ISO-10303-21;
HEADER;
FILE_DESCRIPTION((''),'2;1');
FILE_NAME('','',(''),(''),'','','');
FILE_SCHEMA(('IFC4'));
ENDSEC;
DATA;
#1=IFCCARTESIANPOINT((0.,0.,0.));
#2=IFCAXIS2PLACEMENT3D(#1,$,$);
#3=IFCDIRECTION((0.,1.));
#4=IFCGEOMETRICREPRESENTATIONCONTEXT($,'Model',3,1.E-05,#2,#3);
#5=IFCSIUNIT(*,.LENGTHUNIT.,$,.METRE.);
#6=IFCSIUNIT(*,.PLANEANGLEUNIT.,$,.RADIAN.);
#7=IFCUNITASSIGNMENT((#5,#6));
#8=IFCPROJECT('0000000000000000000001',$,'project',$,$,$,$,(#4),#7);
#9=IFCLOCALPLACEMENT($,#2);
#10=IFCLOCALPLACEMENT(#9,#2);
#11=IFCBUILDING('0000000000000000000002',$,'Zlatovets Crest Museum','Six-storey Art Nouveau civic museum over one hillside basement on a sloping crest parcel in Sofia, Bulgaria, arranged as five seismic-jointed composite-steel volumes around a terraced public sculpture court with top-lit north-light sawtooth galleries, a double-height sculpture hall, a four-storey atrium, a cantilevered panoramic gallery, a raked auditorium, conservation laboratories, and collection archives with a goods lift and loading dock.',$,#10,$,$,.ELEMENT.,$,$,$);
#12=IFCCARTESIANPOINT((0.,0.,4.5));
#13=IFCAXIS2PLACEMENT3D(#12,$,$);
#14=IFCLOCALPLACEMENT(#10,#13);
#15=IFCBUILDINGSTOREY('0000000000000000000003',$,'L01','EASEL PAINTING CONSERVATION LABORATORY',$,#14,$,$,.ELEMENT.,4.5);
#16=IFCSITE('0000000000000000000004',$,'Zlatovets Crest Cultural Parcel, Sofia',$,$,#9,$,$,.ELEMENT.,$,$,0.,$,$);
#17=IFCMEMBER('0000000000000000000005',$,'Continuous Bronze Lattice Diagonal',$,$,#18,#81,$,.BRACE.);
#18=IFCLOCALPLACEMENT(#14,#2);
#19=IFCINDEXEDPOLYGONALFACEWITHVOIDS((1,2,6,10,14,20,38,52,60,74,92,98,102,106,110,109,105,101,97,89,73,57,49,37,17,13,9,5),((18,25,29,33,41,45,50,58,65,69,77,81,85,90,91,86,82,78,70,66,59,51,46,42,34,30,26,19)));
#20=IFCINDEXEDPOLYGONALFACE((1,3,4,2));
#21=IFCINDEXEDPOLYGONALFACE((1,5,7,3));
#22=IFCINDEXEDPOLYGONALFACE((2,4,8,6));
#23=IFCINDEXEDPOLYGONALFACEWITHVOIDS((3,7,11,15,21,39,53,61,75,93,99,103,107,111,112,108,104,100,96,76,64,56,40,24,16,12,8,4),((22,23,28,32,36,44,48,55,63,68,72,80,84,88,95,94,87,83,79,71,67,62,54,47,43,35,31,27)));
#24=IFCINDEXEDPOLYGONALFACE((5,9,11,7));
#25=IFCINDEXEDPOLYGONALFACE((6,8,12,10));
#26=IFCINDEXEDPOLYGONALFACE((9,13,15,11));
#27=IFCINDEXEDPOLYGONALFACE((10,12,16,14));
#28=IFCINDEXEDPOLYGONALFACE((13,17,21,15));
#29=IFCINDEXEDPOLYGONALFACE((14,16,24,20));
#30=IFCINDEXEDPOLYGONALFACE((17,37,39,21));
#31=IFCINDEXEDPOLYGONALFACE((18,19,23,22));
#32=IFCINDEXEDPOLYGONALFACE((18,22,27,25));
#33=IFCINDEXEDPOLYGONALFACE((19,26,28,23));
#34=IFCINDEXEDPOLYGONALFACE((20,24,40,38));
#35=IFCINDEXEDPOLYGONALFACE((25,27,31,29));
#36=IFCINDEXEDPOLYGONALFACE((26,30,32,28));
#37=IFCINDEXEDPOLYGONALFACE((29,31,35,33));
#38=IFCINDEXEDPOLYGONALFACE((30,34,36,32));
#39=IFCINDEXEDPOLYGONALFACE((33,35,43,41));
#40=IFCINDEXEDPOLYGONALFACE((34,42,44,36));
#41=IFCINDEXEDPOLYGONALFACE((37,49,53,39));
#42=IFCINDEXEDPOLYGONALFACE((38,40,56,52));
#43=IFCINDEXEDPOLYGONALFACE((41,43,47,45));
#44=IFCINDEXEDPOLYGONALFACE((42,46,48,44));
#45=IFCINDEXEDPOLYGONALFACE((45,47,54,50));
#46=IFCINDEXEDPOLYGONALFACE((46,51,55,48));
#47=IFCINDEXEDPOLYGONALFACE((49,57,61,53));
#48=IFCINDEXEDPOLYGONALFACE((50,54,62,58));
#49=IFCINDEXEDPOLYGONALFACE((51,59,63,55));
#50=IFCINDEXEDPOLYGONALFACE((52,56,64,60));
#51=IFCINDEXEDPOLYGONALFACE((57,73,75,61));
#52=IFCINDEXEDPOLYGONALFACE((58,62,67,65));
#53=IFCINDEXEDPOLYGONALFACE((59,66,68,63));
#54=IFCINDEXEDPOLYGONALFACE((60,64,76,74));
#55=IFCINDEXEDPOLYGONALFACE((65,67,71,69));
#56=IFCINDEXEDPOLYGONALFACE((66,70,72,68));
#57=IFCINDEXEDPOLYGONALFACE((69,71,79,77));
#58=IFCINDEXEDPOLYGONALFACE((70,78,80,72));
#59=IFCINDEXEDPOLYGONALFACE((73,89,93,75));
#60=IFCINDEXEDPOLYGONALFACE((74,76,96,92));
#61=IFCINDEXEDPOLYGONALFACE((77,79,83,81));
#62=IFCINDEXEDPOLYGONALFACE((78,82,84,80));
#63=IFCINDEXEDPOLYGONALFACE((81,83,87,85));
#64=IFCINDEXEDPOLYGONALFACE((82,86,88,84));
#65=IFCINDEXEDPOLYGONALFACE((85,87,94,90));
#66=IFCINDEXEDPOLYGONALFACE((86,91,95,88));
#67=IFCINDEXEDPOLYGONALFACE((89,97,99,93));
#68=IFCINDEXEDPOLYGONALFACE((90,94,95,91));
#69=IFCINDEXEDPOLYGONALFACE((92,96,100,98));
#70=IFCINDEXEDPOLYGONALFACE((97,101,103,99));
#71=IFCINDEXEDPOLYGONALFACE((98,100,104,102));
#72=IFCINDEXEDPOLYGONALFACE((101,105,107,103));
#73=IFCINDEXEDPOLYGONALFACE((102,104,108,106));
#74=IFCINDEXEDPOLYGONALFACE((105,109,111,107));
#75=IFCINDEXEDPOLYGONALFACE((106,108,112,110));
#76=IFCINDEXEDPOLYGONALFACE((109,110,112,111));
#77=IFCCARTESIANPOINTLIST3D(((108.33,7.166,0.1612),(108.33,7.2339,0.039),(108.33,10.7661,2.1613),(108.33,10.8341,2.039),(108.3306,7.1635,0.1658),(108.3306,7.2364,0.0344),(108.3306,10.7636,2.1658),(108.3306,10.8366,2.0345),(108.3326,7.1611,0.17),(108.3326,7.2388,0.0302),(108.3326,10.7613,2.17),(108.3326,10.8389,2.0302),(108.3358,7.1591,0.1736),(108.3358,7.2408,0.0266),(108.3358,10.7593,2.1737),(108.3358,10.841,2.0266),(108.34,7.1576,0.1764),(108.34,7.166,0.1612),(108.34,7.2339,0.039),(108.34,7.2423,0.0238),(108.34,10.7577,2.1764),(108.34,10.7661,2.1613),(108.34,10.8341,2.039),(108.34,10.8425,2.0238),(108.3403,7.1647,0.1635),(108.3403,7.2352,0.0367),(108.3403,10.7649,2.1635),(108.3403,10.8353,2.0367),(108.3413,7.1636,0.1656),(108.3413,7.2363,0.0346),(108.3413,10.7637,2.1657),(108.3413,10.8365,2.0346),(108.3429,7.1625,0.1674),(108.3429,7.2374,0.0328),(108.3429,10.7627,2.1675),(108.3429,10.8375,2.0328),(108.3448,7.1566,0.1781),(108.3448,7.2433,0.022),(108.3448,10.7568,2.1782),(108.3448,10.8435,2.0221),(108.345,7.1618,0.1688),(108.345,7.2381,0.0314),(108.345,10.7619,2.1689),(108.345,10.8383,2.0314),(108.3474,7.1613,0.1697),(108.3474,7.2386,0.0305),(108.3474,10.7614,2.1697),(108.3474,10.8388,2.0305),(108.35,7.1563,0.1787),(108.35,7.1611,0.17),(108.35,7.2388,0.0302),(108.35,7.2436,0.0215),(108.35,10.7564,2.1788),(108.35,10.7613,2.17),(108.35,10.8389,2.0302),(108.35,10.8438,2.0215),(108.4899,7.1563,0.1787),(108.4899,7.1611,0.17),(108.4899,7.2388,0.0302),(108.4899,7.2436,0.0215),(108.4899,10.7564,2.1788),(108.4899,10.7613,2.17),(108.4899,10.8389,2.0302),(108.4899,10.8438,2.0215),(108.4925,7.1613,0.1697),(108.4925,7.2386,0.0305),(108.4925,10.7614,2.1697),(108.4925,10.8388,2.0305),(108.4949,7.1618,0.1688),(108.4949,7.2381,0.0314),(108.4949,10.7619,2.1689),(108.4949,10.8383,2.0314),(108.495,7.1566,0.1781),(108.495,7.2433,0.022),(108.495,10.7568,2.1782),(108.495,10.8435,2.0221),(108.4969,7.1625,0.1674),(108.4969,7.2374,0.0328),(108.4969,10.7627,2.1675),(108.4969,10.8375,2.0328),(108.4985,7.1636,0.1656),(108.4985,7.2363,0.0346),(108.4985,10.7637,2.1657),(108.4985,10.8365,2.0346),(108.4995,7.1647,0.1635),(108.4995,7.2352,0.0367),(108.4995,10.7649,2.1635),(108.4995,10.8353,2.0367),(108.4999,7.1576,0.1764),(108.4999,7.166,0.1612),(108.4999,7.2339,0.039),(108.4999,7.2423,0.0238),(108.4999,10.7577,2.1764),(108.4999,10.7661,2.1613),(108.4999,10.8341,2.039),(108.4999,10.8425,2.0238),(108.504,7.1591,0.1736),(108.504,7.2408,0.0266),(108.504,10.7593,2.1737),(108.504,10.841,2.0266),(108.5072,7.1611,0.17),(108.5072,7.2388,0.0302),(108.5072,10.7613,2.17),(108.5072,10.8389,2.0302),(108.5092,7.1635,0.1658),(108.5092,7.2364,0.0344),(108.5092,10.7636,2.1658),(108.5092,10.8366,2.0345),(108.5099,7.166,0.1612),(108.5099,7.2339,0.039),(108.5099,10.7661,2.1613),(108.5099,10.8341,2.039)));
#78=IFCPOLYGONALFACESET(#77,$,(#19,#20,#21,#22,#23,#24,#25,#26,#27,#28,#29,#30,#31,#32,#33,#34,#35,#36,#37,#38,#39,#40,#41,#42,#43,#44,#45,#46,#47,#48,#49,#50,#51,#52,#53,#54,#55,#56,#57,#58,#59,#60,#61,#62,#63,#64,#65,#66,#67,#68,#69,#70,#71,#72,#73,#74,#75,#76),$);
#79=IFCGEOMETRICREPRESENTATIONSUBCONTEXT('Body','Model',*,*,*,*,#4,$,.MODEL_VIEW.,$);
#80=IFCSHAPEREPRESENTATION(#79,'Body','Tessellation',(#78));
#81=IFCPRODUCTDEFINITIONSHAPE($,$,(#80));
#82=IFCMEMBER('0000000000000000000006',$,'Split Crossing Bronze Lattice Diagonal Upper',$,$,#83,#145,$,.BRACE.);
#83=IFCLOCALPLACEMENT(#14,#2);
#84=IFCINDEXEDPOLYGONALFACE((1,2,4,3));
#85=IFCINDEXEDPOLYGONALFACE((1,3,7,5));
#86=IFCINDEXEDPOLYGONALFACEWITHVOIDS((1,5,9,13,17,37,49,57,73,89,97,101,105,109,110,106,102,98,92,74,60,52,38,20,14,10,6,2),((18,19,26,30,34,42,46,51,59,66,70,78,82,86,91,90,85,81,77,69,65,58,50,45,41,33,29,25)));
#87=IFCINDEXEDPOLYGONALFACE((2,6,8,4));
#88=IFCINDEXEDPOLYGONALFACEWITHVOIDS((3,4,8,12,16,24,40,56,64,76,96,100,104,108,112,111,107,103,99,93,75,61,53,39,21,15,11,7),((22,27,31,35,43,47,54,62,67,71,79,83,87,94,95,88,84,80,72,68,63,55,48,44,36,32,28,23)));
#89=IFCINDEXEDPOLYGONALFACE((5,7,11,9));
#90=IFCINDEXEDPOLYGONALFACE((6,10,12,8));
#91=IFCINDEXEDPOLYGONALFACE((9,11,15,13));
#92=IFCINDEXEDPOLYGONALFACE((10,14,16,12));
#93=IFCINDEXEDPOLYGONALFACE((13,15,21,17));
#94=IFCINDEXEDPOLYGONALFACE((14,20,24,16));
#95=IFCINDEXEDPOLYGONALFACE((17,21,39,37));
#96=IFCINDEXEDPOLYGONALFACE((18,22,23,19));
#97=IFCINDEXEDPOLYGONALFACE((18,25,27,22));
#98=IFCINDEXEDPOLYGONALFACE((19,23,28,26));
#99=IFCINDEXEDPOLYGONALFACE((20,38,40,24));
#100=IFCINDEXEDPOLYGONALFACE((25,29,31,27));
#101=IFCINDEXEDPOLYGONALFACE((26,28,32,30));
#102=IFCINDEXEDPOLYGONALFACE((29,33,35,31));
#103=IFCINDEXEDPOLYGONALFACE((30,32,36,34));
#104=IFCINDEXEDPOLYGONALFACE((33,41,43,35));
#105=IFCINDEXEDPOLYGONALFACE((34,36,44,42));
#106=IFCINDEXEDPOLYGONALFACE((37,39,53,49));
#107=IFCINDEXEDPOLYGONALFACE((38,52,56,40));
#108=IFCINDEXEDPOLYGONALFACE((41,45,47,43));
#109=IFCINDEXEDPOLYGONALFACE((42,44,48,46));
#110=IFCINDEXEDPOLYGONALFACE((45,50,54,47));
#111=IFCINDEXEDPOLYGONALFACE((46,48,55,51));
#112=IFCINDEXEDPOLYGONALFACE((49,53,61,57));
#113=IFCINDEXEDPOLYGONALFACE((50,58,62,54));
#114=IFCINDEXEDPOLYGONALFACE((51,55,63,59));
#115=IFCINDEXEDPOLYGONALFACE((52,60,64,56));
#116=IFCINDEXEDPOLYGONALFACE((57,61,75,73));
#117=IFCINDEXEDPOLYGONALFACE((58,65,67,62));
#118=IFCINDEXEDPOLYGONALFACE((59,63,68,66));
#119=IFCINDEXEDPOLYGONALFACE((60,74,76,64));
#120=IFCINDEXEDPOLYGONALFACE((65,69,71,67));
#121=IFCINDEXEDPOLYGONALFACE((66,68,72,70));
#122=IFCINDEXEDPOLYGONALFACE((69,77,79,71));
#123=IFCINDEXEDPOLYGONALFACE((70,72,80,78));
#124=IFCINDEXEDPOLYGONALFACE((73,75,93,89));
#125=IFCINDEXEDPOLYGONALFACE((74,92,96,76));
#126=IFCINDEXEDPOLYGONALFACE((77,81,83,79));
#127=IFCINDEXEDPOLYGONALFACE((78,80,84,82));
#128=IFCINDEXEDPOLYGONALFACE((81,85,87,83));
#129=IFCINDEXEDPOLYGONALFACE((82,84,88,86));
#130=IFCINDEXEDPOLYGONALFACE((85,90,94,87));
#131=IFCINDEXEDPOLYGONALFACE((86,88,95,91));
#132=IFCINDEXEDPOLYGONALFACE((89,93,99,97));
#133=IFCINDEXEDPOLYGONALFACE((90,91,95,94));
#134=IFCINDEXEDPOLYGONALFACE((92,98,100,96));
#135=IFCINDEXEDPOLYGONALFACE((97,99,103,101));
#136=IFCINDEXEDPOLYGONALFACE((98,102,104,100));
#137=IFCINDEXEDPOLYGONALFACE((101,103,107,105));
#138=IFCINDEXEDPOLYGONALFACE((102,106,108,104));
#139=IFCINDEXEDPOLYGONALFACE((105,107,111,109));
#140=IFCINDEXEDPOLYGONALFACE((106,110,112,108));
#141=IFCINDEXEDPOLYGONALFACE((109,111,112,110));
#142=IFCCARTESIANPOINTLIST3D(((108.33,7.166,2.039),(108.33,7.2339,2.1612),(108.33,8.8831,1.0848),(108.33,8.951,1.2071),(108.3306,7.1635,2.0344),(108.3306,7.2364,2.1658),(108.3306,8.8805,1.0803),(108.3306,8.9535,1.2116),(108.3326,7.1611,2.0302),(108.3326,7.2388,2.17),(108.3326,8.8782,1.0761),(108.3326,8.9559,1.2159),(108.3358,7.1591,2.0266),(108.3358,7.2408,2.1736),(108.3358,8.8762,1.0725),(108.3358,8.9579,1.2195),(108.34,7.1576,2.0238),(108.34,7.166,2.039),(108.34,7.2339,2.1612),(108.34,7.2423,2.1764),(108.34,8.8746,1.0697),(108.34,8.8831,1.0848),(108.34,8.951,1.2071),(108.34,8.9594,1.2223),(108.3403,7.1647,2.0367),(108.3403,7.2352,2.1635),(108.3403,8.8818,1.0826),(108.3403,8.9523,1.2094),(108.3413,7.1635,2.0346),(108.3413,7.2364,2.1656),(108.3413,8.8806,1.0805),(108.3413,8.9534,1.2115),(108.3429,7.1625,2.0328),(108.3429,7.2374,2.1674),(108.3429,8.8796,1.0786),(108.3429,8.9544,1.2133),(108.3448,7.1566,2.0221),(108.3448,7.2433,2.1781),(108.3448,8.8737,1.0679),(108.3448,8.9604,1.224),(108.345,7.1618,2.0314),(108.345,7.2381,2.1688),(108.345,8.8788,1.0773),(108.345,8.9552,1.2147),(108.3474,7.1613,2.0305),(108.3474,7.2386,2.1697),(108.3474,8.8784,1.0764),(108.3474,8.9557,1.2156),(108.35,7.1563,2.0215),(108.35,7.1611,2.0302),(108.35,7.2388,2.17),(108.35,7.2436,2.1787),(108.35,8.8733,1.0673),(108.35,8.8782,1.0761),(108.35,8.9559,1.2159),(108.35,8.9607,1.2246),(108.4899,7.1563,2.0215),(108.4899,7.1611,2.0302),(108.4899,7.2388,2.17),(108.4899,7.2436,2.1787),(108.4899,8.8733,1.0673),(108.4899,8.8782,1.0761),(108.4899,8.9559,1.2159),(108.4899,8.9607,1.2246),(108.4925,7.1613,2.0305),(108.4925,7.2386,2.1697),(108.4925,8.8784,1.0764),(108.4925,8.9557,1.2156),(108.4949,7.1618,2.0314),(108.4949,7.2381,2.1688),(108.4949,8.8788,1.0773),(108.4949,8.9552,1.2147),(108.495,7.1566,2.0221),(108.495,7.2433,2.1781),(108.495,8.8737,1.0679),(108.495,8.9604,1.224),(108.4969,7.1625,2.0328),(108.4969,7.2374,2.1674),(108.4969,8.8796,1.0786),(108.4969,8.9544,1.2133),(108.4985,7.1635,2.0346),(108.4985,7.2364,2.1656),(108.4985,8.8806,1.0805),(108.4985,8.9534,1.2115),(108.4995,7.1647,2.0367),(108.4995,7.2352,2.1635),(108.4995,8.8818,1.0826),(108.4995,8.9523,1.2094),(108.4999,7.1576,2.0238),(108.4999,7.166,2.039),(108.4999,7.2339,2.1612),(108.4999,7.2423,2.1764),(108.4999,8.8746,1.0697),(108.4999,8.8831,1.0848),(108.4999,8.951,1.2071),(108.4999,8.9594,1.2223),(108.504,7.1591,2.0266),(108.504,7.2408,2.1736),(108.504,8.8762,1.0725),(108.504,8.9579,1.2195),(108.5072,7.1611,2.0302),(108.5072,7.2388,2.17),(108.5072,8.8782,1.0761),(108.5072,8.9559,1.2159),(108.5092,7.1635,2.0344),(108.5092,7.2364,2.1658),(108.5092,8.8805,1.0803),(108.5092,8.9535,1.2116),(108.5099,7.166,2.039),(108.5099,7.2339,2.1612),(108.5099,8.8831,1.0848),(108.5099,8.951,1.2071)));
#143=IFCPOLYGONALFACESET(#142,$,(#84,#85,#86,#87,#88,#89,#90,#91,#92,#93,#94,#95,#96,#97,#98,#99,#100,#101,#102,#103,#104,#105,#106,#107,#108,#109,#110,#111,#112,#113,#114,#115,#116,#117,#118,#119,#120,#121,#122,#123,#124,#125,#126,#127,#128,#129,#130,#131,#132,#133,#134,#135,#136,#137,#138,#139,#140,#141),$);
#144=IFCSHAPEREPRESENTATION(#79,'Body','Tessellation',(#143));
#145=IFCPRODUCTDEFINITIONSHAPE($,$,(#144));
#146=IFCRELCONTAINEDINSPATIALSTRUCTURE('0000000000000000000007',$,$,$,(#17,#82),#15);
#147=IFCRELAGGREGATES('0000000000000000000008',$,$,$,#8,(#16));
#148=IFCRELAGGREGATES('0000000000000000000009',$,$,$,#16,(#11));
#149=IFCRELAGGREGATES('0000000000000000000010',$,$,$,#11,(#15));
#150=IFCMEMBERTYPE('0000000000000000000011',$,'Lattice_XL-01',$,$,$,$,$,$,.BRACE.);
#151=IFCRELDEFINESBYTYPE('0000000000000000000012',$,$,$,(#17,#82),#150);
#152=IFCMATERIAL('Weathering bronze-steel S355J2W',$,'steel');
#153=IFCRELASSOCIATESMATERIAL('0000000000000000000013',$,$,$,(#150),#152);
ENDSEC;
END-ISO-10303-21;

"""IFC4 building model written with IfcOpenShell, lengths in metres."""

from ifc_helpers import new_model, si_unit, direction, frame, origin, origin_2d, place, context, subcontext, project, spatial, hollow_rectangle, extrude, material, material_profile, profile_set, type_object, element, save


model = new_model("IFC4")

# Units and contexts
model_context = context("Model", 3, precision=1e-05, world=origin(), true_north=direction((0.0, 1.0)))
body_context = subcontext(model_context, "Body", "Model", "MODEL_VIEW")
ifc_project = project(units=[si_unit("LENGTHUNIT", "METRE"), si_unit("PLANEANGLEUNIT", "RADIAN")], contexts=[model_context])

# Site, building, storey
site_placement = place(None, origin())
site = spatial("IfcSite", under=ifc_project, at=site_placement, Name="Zlatovets Crest Cultural Parcel, Sofia", CompositionType="ELEMENT", RefElevation=0.0)
building_placement = place(site_placement, origin())
building = spatial("IfcBuilding", under=site, at=building_placement, Name="Zlatovets Crest Museum", Description="Six-storey Art Nouveau civic museum over one hillside basement on a sloping crest parcel in Sofia, Bulgaria, arranged as five seismic-jointed composite-steel volumes around a terraced public sculpture court with top-lit north-light sawtooth galleries, a double-height sculpture hall, a four-storey atrium, a cantilevered panoramic gallery, a raked auditorium, conservation laboratories, and collection archives with a goods lift and loading dock.", CompositionType="ELEMENT")
storey_placement = place(building_placement, frame((0.0, 0.0, 4.5)))
storey = spatial("IfcBuildingStorey", under=building, at=storey_placement, Name="L01", Description="EASEL PAINTING CONSERVATION LABORATORY", CompositionType="ELEMENT", Elevation=4.5)

# Members
ifc_material_1 = material(Name="Weathering bronze-steel S355J2W", Category="steel")
ifc_material_profile_1 = material_profile(ifc_material_1, hollow_rectangle(XDim=0.1799, YDim=0.1799, WallThickness=0.01, InnerFilletRadius=0.01, OuterFilletRadius=0.02, at=origin_2d()), Name="SHS 180x180x10.0")
ifc_profile_set_1 = profile_set([ifc_material_profile_1], Name="Weathering bronze-steel S355J2W")
member_type_1 = type_object("IfcMemberType", Name="Lattice_XL-01", PredefinedType="BRACE", material=ifc_profile_set_1)
member_1_placement = place(storey_placement, frame((108.4199, 7.2, 0.1001), z_axis=(0.0, 0.874163, 0.485633), x_axis=(-1.0, 0.0, 0.0)))
element("IfcMember", 1, at=member_1_placement, inside=storey, type_object=member_type_1, Name="Continuous Bronze Lattice Diagonal", PredefinedType="BRACE", context=body_context, shape_type="SweptSolid", body=[
    extrude(hollow_rectangle(XDim=0.1799, YDim=0.1799, WallThickness=0.01, InnerFilletRadius=0.01, OuterFilletRadius=0.02, at=origin_2d()), origin(), (0.0, 0.0, 1.0), 4.1184),
])
member_2_placement = place(storey_placement, frame((108.4199, 7.2, 2.1001), z_axis=(0.0, 0.874116, -0.485717), x_axis=(-1.0, 0.0, 0.0)))
element("IfcMember", 2, at=member_2_placement, inside=storey, type_object=member_type_1, Name="Split Crossing Bronze Lattice Diagonal Upper", PredefinedType="BRACE", context=body_context, shape_type="SweptSolid", body=[
    extrude(hollow_rectangle(XDim=0.1799, YDim=0.1799, WallThickness=0.01, InnerFilletRadius=0.01, OuterFilletRadius=0.02, at=origin_2d()), origin(), (0.0, 0.0, 1.0), 1.9644),
])

save(model, "model.ifc")
